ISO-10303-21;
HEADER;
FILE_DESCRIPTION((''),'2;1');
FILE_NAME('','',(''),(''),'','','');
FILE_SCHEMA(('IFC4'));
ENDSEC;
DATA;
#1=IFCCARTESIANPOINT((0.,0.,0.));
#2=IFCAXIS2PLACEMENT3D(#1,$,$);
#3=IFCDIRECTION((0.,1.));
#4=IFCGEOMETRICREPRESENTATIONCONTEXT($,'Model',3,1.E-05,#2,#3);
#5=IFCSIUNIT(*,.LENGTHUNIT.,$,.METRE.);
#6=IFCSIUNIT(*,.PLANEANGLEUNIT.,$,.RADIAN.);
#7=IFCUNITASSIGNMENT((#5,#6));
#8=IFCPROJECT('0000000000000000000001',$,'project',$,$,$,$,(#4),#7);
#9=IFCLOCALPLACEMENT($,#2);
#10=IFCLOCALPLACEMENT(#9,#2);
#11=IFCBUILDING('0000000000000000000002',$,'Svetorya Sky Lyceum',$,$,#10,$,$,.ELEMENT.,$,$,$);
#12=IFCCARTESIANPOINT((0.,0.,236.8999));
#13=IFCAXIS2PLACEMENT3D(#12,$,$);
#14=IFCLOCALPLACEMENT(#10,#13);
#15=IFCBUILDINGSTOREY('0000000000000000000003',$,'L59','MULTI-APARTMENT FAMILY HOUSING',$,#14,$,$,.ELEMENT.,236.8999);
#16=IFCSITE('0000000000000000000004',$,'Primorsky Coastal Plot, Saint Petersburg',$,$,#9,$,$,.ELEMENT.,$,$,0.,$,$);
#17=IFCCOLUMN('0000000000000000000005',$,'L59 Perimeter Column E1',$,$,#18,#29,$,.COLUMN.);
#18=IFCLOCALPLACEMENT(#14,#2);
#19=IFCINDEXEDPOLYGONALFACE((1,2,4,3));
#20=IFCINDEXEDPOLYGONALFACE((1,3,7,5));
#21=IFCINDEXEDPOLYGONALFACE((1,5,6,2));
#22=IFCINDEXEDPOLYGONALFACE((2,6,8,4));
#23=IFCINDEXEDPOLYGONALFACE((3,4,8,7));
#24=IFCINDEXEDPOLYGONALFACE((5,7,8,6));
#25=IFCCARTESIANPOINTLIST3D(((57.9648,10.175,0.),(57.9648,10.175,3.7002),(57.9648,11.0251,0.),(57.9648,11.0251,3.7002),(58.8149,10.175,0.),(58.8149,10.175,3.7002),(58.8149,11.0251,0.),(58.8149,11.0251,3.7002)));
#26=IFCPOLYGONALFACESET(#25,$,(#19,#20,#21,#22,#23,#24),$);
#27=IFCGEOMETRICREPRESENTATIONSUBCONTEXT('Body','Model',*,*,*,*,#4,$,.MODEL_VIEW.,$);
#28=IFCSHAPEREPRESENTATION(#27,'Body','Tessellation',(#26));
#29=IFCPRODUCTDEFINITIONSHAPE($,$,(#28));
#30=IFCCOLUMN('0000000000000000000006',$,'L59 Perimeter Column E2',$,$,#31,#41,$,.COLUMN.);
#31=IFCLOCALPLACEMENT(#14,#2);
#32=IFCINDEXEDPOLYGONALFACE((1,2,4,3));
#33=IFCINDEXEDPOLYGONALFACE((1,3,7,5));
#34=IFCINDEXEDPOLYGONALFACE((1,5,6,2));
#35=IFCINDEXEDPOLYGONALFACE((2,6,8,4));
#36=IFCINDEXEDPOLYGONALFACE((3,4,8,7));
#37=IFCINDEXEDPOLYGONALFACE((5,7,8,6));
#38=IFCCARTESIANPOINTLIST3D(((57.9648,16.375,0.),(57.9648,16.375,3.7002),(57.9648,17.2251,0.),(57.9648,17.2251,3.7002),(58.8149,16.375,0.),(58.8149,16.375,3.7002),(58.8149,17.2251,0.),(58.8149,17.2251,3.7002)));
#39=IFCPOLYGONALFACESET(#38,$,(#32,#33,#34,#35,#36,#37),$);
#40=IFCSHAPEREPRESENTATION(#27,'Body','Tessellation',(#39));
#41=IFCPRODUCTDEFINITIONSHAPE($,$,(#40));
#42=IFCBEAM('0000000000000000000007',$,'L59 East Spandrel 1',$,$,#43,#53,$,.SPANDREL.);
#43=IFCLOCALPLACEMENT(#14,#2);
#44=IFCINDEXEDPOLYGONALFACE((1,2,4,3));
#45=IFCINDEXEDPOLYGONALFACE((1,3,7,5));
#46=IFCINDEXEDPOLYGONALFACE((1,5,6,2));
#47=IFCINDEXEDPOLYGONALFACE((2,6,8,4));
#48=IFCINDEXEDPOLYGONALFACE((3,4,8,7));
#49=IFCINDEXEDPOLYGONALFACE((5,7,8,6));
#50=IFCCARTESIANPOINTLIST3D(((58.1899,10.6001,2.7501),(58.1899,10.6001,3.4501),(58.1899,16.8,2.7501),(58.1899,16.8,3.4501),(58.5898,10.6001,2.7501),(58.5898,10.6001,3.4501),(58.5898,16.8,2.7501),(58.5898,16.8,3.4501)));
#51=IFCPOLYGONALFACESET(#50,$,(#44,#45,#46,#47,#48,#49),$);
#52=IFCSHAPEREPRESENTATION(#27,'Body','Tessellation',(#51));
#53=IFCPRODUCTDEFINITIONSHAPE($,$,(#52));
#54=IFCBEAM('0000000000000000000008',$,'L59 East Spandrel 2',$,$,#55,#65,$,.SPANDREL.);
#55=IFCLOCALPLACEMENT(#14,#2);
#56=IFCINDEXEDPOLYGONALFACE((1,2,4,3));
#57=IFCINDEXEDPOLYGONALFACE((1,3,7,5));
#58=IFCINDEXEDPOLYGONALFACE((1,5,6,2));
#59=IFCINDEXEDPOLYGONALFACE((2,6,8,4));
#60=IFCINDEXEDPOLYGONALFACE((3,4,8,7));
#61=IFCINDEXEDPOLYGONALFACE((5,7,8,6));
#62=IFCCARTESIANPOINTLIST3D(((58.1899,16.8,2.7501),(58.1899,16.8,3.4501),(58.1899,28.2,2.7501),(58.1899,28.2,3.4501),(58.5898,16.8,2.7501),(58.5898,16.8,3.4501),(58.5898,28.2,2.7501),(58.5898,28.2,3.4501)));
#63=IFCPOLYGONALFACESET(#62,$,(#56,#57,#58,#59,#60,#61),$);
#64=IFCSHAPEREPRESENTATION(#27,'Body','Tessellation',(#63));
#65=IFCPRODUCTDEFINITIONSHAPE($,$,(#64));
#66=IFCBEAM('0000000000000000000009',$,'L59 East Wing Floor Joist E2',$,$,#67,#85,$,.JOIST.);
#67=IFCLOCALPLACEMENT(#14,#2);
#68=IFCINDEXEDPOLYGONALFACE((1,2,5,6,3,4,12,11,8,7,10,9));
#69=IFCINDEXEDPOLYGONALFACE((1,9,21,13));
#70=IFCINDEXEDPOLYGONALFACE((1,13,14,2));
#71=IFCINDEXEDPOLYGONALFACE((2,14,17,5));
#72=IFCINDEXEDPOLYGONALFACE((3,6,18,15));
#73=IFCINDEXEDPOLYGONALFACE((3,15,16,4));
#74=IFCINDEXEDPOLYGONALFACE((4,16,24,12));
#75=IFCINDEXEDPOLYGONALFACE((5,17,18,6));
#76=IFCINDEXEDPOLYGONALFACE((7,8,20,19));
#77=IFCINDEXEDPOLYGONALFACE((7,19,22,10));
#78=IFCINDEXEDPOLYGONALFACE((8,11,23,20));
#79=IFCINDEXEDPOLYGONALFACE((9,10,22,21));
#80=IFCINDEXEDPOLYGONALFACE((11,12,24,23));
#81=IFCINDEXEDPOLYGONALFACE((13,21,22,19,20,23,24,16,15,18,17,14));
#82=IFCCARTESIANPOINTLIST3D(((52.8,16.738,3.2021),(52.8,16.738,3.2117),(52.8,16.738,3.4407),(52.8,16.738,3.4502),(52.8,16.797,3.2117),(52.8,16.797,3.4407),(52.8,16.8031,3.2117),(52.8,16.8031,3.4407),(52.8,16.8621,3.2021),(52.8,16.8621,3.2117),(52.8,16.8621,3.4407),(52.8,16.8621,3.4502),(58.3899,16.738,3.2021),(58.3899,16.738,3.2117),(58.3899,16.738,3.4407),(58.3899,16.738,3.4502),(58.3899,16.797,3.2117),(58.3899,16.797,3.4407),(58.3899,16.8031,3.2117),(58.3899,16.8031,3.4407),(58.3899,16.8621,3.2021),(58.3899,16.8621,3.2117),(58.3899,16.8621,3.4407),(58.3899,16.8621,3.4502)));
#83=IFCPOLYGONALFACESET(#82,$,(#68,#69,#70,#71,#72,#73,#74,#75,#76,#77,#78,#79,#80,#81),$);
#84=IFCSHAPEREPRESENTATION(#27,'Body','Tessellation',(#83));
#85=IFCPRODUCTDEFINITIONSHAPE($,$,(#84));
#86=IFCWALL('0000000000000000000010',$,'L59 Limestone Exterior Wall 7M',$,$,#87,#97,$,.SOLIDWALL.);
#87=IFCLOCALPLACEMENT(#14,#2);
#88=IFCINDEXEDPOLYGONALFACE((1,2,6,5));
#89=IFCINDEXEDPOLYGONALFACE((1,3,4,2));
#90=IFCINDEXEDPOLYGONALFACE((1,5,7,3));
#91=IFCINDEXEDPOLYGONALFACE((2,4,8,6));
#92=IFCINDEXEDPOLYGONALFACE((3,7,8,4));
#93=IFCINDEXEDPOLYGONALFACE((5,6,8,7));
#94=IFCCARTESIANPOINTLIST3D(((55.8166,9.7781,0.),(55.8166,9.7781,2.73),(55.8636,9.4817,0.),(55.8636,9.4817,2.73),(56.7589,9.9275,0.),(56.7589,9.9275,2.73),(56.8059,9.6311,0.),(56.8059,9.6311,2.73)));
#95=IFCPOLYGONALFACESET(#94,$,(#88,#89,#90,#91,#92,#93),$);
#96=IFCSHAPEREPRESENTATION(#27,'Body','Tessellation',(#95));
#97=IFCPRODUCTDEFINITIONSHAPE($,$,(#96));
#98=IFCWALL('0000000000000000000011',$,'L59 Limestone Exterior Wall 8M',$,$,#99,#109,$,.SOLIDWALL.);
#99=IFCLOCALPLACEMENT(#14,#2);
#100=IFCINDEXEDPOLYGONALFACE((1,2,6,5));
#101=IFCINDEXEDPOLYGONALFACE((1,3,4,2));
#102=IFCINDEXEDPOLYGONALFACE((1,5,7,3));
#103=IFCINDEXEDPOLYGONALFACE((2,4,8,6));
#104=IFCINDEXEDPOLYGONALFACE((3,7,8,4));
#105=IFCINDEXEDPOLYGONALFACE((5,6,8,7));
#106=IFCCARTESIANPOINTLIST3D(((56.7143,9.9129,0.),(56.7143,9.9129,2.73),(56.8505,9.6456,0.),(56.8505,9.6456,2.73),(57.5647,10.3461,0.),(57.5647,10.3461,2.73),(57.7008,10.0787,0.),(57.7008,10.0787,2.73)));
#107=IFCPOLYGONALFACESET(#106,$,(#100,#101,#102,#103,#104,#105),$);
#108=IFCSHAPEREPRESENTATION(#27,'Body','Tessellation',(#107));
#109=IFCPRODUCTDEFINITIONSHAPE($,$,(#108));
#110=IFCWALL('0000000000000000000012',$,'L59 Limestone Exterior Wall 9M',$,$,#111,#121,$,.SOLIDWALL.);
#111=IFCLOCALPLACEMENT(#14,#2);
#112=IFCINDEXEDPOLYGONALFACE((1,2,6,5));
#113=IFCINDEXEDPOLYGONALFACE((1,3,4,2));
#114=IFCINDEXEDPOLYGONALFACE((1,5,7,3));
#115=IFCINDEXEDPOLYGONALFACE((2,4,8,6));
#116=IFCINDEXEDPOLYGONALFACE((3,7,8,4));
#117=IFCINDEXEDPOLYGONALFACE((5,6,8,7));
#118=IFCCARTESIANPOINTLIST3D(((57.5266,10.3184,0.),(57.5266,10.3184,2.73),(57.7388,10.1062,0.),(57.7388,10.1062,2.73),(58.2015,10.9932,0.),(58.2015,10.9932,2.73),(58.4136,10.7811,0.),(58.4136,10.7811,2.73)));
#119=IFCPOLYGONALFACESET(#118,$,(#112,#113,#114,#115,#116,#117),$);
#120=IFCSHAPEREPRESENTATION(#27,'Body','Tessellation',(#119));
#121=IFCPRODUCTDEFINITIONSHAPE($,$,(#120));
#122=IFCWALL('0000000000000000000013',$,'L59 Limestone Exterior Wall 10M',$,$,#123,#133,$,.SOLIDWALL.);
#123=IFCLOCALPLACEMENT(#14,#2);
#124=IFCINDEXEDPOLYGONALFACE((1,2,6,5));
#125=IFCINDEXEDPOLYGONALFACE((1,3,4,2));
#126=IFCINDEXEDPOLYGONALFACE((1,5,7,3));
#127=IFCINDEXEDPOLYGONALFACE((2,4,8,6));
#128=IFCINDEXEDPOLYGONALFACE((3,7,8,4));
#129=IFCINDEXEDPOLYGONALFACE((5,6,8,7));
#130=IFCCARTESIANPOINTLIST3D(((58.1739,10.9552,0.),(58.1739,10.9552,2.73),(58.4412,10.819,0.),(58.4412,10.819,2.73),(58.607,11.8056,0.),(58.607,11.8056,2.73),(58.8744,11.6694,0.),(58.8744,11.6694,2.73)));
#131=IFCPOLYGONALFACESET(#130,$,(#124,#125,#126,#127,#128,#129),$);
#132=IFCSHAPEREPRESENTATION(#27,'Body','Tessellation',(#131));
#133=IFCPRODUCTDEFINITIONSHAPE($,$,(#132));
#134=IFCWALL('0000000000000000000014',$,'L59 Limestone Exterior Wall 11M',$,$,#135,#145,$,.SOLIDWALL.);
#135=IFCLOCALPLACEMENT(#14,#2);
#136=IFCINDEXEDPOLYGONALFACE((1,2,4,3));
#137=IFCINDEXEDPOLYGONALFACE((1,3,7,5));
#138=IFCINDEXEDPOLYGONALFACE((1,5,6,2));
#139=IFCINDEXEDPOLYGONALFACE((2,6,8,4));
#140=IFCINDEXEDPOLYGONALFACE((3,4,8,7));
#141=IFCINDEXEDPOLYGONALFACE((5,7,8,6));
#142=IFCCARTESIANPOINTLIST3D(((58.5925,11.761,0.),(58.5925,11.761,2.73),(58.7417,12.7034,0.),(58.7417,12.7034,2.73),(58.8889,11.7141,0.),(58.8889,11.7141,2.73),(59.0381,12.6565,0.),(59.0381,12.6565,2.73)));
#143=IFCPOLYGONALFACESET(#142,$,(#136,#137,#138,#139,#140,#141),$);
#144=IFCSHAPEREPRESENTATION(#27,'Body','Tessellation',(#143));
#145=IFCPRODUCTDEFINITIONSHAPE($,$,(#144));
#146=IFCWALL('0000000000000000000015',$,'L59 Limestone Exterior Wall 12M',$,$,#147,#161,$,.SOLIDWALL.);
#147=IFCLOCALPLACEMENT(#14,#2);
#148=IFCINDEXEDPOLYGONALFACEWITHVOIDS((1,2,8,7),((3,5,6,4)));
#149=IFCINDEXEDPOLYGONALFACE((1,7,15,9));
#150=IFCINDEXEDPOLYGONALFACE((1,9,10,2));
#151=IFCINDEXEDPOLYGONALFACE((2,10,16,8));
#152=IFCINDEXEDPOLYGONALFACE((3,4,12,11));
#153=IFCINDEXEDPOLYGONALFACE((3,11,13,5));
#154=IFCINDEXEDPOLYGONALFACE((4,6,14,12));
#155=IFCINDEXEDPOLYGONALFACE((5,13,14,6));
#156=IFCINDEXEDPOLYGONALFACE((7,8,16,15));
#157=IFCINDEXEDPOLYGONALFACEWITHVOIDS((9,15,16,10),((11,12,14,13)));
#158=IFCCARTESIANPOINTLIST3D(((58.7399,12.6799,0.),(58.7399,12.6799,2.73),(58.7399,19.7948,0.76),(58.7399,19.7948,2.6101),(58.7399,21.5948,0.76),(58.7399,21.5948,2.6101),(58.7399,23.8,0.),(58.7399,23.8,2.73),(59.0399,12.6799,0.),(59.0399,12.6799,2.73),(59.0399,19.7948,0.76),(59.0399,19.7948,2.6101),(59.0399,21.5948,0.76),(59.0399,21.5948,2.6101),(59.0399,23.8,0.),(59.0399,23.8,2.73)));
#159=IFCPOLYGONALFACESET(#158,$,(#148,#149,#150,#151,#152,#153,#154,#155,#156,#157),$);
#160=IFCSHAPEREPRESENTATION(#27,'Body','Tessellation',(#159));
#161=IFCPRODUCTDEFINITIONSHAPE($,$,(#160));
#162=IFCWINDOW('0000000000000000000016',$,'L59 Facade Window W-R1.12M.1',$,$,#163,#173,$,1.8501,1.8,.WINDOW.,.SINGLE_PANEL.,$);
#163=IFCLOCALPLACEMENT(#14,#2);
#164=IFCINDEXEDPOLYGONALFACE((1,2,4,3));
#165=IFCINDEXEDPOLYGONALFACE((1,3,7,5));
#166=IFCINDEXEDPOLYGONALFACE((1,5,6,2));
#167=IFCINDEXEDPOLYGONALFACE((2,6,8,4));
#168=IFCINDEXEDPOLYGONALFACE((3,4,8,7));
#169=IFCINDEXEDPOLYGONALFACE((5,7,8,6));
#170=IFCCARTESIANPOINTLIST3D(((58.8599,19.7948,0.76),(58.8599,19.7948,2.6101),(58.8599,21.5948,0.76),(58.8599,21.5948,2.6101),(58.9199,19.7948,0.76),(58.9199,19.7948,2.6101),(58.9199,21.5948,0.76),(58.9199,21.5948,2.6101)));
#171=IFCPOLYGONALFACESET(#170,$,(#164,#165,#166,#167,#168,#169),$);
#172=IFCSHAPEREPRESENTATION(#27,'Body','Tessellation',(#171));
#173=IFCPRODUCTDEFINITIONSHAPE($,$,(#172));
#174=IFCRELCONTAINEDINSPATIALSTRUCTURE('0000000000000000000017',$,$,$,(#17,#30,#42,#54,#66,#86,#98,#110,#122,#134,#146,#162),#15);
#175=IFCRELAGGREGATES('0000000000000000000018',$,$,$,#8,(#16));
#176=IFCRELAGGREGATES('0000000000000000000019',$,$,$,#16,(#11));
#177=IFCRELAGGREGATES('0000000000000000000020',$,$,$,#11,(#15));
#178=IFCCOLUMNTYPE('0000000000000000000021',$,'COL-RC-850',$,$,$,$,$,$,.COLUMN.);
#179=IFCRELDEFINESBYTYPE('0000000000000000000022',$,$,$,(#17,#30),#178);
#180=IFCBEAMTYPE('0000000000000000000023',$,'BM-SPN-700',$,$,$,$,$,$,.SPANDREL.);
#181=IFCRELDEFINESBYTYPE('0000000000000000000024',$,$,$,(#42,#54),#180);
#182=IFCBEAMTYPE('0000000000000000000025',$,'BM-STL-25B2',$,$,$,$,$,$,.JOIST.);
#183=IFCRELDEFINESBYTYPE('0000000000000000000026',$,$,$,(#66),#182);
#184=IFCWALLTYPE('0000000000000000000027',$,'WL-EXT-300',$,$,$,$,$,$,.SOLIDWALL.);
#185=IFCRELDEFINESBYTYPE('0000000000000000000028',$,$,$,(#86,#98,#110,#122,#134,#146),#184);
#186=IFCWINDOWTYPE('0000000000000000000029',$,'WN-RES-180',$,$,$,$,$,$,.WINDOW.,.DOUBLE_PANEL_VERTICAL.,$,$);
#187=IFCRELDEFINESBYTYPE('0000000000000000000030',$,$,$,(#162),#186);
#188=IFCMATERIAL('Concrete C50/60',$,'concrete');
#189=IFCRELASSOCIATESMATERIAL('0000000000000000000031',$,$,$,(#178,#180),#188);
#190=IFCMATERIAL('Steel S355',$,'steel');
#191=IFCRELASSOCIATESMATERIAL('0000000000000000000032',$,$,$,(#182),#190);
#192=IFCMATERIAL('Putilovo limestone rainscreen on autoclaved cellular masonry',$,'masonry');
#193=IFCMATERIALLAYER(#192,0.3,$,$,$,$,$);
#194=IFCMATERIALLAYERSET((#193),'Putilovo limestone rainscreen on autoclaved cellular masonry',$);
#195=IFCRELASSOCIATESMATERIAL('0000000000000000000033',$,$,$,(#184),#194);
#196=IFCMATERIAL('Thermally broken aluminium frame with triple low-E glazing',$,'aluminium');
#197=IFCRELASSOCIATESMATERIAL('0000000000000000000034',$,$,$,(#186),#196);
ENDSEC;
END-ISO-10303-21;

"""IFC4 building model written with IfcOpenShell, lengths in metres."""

from ifc_helpers import new_model, si_unit, direction, frame, frame_2d, origin, origin_2d, place, context, subcontext, project, spatial, rectangle, i_section, extrude, material, layer, layer_set, material_profile, profile_set, type_object, element, fill, save


model = new_model("IFC4")

# Units and contexts
model_context = context("Model", 3, precision=1e-05, world=origin(), true_north=direction((0.0, 1.0)))
body_context = subcontext(model_context, "Body", "Model", "MODEL_VIEW")
ifc_project = project(units=[si_unit("LENGTHUNIT", "METRE"), si_unit("PLANEANGLEUNIT", "RADIAN")], contexts=[model_context])

# Site, building, storey
site_placement = place(None, origin())
site = spatial("IfcSite", under=ifc_project, at=site_placement, Name="Primorsky Coastal Plot, Saint Petersburg", CompositionType="ELEMENT", RefElevation=0.0)
building_placement = place(site_placement, origin())
building = spatial("IfcBuilding", under=site, at=building_placement, Name="Svetorya Sky Lyceum", CompositionType="ELEMENT")
storey_placement = place(building_placement, frame((0.0, 0.0, 236.8999)))
storey = spatial("IfcBuildingStorey", under=building, at=storey_placement, Name="L59", Description="MULTI-APARTMENT FAMILY HOUSING", CompositionType="ELEMENT", Elevation=236.8999)

# Columns
ifc_material_1 = material(Name="Concrete C50/60", Category="concrete")
ifc_material_profile_1 = material_profile(ifc_material_1, rectangle(XDim=0.8501, YDim=0.8501, at=origin_2d()), Name="RC COL 850x850")
ifc_profile_set_1 = profile_set([ifc_material_profile_1], Name="Concrete C50/60")
column_type = type_object("IfcColumnType", Name="COL-RC-850", PredefinedType="COLUMN", material=ifc_profile_set_1)
for number, where, z_axis, x_axis, name in (
    (1, (58.3899, 10.6001, 0.0), (0.0, 0.0, 1.0), (1.0, 0.0, 0.0), "L59 Perimeter Column E1"),
    (2, (58.3899, 16.8, 0.0), (0.0, 0.0, 1.0), (1.0, 0.0, 0.0), "L59 Perimeter Column E2"),
):
    element("IfcColumn", number, at=place(storey_placement, frame(where, z_axis=z_axis, x_axis=x_axis)), inside=storey, type_object=column_type, Name=name, PredefinedType="COLUMN", context=body_context, shape_type="SweptSolid", body=[
        extrude(rectangle(XDim=0.8501, YDim=0.8501, at=origin_2d()), origin(), (0.0, 0.0, 1.0), 3.7002),
    ])

# Beams
ifc_material_profile_2 = material_profile(ifc_material_1, rectangle(XDim=0.3999, YDim=0.7, at=origin_2d()), Name="RC SPANDREL 400x700")
ifc_profile_set_2 = profile_set([ifc_material_profile_2], Name="Concrete C50/60")
beam_type_1 = type_object("IfcBeamType", Name="BM-SPN-700", PredefinedType="SPANDREL", material=ifc_profile_set_2)
beam_1_placement = place(storey_placement, frame((58.3899, 10.6001, 3.1001), z_axis=(0.0, 1.0, 0.0), x_axis=(-1.0, 0.0, 0.0)))
element("IfcBeam", 3, at=beam_1_placement, inside=storey, type_object=beam_type_1, Name="L59 East Spandrel 1", PredefinedType="SPANDREL", context=body_context, shape_type="SweptSolid", body=[
    extrude(rectangle(XDim=0.3999, YDim=0.7, at=origin_2d()), origin(), (0.0, 0.0, 1.0), 6.2),
])
beam_2_placement = place(storey_placement, frame((58.3899, 16.8, 3.1001), z_axis=(0.0, 1.0, 0.0), x_axis=(-1.0, 0.0, 0.0)))
element("IfcBeam", 4, at=beam_2_placement, inside=storey, type_object=beam_type_1, Name="L59 East Spandrel 2", PredefinedType="SPANDREL", context=body_context, shape_type="SweptSolid", body=[
    extrude(rectangle(XDim=0.3999, YDim=0.7, at=origin_2d()), origin(), (0.0, 0.0, 1.0), 11.3999),
])
ifc_material_2 = material(Name="Steel S355", Category="steel")
ifc_material_profile_3 = material_profile(ifc_material_2, i_section(OverallWidth=0.124, OverallDepth=0.248, WebThickness=0.0061, FlangeThickness=0.0095, at=origin_2d()), Name="GOST 25B2")
ifc_profile_set_3 = profile_set([ifc_material_profile_3], Name="Steel S355")
beam_type_2 = type_object("IfcBeamType", Name="BM-STL-25B2", PredefinedType="JOIST", material=ifc_profile_set_3)
beam_3_placement = place(storey_placement, frame((52.8, 16.8, 3.3262), z_axis=(1.0, 0.0, 0.0), x_axis=(0.0, 1.0, 0.0)))
element("IfcBeam", 5, at=beam_3_placement, inside=storey, type_object=beam_type_2, Name="L59 East Wing Floor Joist E2", PredefinedType="JOIST", context=body_context, shape_type="SweptSolid", body=[
    extrude(i_section(OverallWidth=0.124, OverallDepth=0.248, WebThickness=0.0061, FlangeThickness=0.0095, at=origin_2d()), origin(), (0.0, 0.0, 1.0), 5.5898),
])

# Walls
ifc_material_3 = material(Name="Putilovo limestone rainscreen on autoclaved cellular masonry", Category="masonry")
ifc_layer_1 = layer(ifc_material_3, 0.3)
ifc_layer_set_1 = layer_set([ifc_layer_1], Name="Putilovo limestone rainscreen on autoclaved cellular masonry")
wall_type_1 = type_object("IfcWallType", Name="WL-EXT-300", PredefinedType="SOLIDWALL", material=ifc_layer_set_1)
wall_1_placement = place(storey_placement, frame((55.8401, 9.6299, 0.0), z_axis=(0.0, 0.0, 1.0), x_axis=(0.987663, 0.156593, 0.0)))
element("IfcWall", 6, at=wall_1_placement, inside=storey, type_object=wall_type_1, Name="L59 Limestone Exterior Wall 7M", PredefinedType="SOLIDWALL", context=body_context, shape_type="SweptSolid", body=[
    extrude(rectangle(XDim=0.9541, YDim=0.3, at=frame_2d((0.4771, 0.0))), origin(), (0.0, 0.0, 1.0), 2.73),
])
for number, where, z_axis, x_axis, name in (
    (7, (56.7825, 9.7793, 0.0), (0.0, 0.0, 1.0), (0.891077, 0.453853, 0.0), "L59 Limestone Exterior Wall 8M"),
    (8, (57.6328, 10.2124, 0.0), (0.0, 0.0, 1.0), (0.707107, 0.707107, 0.0), "L59 Limestone Exterior Wall 9M"),
    (9, (58.3076, 10.8872, 0.0), (0.0, 0.0, 1.0), (0.453853, 0.891077, 0.0), "L59 Limestone Exterior Wall 10M"),
):
    element("IfcWall", number, at=place(storey_placement, frame(where, z_axis=z_axis, x_axis=x_axis)), inside=storey, type_object=wall_type_1, Name=name, PredefinedType="SOLIDWALL", context=body_context, shape_type="SweptSolid", body=[
        extrude(rectangle(XDim=0.9543, YDim=0.3, at=frame_2d((0.4771, 0.0))), origin(), (0.0, 0.0, 1.0), 2.73),
    ])
wall_2_placement = place(storey_placement, frame((58.7407, 11.7375, 0.0), z_axis=(0.0, 0.0, 1.0), x_axis=(0.156344, 0.987703, 0.0)))
element("IfcWall", 10, at=wall_2_placement, inside=storey, type_object=wall_type_1, Name="L59 Limestone Exterior Wall 11M", PredefinedType="SOLIDWALL", context=body_context, shape_type="SweptSolid", body=[
    extrude(rectangle(XDim=0.9541, YDim=0.3, at=frame_2d((0.4771, 0.0))), origin(), (0.0, 0.0, 1.0), 2.73),
])

# Wall, opening, window
wall_3_placement = place(storey_placement, frame((58.8899, 12.6799, 0.0), z_axis=(0.0, 0.0, 1.0), x_axis=(0.0, 1.0, 0.0)))
wall_3 = element("IfcWall", 11, at=wall_3_placement, inside=storey, type_object=wall_type_1, Name="L59 Limestone Exterior Wall 12M", PredefinedType="SOLIDWALL", context=body_context, shape_type="SweptSolid", body=[
    extrude(rectangle(XDim=11.1201, YDim=0.3, at=frame_2d((5.5601, 0.0))), origin(), (0.0, 0.0, 1.0), 2.73),
])
opening_1_placement = place(wall_3_placement, frame((7.115, 0.0, 0.76)))
opening_1 = element("IfcOpeningElement", 12, at=opening_1_placement, cuts=wall_3, PredefinedType="OPENING", context=body_context, shape_type="SweptSolid", body=[
    extrude(rectangle(XDim=1.8, YDim=1.8501, at=frame_2d((0.8999, 0.925))), frame((0.0, 0.1599, 0.0), z_axis=(0.0, -1.0, 0.0), x_axis=(1.0, 0.0, 0.0)), (0.0, 0.0, 1.0), 0.3201),
])
ifc_material_4 = material(Name="Thermally broken aluminium frame with triple low-E glazing", Category="aluminium")
window_type = type_object("IfcWindowType", Name="WN-RES-180", PartitioningType="DOUBLE_PANEL_VERTICAL", PredefinedType="WINDOW", material=ifc_material_4)
window_placement = place(opening_1_placement, origin())
window = element("IfcWindow", 13, at=window_placement, inside=storey, type_object=window_type, Name="L59 Facade Window W-R1.12M.1", OverallHeight=1.8501, OverallWidth=1.8, PartitioningType="SINGLE_PANEL", PredefinedType="WINDOW", context=body_context, shape_type="SweptSolid", body=[
    extrude(rectangle(XDim=1.8, YDim=1.8501, at=frame_2d((0.8999, 0.925))), frame((0.0, 0.03, 0.0), z_axis=(0.0, -1.0, 0.0), x_axis=(1.0, 0.0, 0.0)), (0.0, 0.0, 1.0), 0.0601),
])
fill(opening_1, window)

save(model, "model.ifc")
